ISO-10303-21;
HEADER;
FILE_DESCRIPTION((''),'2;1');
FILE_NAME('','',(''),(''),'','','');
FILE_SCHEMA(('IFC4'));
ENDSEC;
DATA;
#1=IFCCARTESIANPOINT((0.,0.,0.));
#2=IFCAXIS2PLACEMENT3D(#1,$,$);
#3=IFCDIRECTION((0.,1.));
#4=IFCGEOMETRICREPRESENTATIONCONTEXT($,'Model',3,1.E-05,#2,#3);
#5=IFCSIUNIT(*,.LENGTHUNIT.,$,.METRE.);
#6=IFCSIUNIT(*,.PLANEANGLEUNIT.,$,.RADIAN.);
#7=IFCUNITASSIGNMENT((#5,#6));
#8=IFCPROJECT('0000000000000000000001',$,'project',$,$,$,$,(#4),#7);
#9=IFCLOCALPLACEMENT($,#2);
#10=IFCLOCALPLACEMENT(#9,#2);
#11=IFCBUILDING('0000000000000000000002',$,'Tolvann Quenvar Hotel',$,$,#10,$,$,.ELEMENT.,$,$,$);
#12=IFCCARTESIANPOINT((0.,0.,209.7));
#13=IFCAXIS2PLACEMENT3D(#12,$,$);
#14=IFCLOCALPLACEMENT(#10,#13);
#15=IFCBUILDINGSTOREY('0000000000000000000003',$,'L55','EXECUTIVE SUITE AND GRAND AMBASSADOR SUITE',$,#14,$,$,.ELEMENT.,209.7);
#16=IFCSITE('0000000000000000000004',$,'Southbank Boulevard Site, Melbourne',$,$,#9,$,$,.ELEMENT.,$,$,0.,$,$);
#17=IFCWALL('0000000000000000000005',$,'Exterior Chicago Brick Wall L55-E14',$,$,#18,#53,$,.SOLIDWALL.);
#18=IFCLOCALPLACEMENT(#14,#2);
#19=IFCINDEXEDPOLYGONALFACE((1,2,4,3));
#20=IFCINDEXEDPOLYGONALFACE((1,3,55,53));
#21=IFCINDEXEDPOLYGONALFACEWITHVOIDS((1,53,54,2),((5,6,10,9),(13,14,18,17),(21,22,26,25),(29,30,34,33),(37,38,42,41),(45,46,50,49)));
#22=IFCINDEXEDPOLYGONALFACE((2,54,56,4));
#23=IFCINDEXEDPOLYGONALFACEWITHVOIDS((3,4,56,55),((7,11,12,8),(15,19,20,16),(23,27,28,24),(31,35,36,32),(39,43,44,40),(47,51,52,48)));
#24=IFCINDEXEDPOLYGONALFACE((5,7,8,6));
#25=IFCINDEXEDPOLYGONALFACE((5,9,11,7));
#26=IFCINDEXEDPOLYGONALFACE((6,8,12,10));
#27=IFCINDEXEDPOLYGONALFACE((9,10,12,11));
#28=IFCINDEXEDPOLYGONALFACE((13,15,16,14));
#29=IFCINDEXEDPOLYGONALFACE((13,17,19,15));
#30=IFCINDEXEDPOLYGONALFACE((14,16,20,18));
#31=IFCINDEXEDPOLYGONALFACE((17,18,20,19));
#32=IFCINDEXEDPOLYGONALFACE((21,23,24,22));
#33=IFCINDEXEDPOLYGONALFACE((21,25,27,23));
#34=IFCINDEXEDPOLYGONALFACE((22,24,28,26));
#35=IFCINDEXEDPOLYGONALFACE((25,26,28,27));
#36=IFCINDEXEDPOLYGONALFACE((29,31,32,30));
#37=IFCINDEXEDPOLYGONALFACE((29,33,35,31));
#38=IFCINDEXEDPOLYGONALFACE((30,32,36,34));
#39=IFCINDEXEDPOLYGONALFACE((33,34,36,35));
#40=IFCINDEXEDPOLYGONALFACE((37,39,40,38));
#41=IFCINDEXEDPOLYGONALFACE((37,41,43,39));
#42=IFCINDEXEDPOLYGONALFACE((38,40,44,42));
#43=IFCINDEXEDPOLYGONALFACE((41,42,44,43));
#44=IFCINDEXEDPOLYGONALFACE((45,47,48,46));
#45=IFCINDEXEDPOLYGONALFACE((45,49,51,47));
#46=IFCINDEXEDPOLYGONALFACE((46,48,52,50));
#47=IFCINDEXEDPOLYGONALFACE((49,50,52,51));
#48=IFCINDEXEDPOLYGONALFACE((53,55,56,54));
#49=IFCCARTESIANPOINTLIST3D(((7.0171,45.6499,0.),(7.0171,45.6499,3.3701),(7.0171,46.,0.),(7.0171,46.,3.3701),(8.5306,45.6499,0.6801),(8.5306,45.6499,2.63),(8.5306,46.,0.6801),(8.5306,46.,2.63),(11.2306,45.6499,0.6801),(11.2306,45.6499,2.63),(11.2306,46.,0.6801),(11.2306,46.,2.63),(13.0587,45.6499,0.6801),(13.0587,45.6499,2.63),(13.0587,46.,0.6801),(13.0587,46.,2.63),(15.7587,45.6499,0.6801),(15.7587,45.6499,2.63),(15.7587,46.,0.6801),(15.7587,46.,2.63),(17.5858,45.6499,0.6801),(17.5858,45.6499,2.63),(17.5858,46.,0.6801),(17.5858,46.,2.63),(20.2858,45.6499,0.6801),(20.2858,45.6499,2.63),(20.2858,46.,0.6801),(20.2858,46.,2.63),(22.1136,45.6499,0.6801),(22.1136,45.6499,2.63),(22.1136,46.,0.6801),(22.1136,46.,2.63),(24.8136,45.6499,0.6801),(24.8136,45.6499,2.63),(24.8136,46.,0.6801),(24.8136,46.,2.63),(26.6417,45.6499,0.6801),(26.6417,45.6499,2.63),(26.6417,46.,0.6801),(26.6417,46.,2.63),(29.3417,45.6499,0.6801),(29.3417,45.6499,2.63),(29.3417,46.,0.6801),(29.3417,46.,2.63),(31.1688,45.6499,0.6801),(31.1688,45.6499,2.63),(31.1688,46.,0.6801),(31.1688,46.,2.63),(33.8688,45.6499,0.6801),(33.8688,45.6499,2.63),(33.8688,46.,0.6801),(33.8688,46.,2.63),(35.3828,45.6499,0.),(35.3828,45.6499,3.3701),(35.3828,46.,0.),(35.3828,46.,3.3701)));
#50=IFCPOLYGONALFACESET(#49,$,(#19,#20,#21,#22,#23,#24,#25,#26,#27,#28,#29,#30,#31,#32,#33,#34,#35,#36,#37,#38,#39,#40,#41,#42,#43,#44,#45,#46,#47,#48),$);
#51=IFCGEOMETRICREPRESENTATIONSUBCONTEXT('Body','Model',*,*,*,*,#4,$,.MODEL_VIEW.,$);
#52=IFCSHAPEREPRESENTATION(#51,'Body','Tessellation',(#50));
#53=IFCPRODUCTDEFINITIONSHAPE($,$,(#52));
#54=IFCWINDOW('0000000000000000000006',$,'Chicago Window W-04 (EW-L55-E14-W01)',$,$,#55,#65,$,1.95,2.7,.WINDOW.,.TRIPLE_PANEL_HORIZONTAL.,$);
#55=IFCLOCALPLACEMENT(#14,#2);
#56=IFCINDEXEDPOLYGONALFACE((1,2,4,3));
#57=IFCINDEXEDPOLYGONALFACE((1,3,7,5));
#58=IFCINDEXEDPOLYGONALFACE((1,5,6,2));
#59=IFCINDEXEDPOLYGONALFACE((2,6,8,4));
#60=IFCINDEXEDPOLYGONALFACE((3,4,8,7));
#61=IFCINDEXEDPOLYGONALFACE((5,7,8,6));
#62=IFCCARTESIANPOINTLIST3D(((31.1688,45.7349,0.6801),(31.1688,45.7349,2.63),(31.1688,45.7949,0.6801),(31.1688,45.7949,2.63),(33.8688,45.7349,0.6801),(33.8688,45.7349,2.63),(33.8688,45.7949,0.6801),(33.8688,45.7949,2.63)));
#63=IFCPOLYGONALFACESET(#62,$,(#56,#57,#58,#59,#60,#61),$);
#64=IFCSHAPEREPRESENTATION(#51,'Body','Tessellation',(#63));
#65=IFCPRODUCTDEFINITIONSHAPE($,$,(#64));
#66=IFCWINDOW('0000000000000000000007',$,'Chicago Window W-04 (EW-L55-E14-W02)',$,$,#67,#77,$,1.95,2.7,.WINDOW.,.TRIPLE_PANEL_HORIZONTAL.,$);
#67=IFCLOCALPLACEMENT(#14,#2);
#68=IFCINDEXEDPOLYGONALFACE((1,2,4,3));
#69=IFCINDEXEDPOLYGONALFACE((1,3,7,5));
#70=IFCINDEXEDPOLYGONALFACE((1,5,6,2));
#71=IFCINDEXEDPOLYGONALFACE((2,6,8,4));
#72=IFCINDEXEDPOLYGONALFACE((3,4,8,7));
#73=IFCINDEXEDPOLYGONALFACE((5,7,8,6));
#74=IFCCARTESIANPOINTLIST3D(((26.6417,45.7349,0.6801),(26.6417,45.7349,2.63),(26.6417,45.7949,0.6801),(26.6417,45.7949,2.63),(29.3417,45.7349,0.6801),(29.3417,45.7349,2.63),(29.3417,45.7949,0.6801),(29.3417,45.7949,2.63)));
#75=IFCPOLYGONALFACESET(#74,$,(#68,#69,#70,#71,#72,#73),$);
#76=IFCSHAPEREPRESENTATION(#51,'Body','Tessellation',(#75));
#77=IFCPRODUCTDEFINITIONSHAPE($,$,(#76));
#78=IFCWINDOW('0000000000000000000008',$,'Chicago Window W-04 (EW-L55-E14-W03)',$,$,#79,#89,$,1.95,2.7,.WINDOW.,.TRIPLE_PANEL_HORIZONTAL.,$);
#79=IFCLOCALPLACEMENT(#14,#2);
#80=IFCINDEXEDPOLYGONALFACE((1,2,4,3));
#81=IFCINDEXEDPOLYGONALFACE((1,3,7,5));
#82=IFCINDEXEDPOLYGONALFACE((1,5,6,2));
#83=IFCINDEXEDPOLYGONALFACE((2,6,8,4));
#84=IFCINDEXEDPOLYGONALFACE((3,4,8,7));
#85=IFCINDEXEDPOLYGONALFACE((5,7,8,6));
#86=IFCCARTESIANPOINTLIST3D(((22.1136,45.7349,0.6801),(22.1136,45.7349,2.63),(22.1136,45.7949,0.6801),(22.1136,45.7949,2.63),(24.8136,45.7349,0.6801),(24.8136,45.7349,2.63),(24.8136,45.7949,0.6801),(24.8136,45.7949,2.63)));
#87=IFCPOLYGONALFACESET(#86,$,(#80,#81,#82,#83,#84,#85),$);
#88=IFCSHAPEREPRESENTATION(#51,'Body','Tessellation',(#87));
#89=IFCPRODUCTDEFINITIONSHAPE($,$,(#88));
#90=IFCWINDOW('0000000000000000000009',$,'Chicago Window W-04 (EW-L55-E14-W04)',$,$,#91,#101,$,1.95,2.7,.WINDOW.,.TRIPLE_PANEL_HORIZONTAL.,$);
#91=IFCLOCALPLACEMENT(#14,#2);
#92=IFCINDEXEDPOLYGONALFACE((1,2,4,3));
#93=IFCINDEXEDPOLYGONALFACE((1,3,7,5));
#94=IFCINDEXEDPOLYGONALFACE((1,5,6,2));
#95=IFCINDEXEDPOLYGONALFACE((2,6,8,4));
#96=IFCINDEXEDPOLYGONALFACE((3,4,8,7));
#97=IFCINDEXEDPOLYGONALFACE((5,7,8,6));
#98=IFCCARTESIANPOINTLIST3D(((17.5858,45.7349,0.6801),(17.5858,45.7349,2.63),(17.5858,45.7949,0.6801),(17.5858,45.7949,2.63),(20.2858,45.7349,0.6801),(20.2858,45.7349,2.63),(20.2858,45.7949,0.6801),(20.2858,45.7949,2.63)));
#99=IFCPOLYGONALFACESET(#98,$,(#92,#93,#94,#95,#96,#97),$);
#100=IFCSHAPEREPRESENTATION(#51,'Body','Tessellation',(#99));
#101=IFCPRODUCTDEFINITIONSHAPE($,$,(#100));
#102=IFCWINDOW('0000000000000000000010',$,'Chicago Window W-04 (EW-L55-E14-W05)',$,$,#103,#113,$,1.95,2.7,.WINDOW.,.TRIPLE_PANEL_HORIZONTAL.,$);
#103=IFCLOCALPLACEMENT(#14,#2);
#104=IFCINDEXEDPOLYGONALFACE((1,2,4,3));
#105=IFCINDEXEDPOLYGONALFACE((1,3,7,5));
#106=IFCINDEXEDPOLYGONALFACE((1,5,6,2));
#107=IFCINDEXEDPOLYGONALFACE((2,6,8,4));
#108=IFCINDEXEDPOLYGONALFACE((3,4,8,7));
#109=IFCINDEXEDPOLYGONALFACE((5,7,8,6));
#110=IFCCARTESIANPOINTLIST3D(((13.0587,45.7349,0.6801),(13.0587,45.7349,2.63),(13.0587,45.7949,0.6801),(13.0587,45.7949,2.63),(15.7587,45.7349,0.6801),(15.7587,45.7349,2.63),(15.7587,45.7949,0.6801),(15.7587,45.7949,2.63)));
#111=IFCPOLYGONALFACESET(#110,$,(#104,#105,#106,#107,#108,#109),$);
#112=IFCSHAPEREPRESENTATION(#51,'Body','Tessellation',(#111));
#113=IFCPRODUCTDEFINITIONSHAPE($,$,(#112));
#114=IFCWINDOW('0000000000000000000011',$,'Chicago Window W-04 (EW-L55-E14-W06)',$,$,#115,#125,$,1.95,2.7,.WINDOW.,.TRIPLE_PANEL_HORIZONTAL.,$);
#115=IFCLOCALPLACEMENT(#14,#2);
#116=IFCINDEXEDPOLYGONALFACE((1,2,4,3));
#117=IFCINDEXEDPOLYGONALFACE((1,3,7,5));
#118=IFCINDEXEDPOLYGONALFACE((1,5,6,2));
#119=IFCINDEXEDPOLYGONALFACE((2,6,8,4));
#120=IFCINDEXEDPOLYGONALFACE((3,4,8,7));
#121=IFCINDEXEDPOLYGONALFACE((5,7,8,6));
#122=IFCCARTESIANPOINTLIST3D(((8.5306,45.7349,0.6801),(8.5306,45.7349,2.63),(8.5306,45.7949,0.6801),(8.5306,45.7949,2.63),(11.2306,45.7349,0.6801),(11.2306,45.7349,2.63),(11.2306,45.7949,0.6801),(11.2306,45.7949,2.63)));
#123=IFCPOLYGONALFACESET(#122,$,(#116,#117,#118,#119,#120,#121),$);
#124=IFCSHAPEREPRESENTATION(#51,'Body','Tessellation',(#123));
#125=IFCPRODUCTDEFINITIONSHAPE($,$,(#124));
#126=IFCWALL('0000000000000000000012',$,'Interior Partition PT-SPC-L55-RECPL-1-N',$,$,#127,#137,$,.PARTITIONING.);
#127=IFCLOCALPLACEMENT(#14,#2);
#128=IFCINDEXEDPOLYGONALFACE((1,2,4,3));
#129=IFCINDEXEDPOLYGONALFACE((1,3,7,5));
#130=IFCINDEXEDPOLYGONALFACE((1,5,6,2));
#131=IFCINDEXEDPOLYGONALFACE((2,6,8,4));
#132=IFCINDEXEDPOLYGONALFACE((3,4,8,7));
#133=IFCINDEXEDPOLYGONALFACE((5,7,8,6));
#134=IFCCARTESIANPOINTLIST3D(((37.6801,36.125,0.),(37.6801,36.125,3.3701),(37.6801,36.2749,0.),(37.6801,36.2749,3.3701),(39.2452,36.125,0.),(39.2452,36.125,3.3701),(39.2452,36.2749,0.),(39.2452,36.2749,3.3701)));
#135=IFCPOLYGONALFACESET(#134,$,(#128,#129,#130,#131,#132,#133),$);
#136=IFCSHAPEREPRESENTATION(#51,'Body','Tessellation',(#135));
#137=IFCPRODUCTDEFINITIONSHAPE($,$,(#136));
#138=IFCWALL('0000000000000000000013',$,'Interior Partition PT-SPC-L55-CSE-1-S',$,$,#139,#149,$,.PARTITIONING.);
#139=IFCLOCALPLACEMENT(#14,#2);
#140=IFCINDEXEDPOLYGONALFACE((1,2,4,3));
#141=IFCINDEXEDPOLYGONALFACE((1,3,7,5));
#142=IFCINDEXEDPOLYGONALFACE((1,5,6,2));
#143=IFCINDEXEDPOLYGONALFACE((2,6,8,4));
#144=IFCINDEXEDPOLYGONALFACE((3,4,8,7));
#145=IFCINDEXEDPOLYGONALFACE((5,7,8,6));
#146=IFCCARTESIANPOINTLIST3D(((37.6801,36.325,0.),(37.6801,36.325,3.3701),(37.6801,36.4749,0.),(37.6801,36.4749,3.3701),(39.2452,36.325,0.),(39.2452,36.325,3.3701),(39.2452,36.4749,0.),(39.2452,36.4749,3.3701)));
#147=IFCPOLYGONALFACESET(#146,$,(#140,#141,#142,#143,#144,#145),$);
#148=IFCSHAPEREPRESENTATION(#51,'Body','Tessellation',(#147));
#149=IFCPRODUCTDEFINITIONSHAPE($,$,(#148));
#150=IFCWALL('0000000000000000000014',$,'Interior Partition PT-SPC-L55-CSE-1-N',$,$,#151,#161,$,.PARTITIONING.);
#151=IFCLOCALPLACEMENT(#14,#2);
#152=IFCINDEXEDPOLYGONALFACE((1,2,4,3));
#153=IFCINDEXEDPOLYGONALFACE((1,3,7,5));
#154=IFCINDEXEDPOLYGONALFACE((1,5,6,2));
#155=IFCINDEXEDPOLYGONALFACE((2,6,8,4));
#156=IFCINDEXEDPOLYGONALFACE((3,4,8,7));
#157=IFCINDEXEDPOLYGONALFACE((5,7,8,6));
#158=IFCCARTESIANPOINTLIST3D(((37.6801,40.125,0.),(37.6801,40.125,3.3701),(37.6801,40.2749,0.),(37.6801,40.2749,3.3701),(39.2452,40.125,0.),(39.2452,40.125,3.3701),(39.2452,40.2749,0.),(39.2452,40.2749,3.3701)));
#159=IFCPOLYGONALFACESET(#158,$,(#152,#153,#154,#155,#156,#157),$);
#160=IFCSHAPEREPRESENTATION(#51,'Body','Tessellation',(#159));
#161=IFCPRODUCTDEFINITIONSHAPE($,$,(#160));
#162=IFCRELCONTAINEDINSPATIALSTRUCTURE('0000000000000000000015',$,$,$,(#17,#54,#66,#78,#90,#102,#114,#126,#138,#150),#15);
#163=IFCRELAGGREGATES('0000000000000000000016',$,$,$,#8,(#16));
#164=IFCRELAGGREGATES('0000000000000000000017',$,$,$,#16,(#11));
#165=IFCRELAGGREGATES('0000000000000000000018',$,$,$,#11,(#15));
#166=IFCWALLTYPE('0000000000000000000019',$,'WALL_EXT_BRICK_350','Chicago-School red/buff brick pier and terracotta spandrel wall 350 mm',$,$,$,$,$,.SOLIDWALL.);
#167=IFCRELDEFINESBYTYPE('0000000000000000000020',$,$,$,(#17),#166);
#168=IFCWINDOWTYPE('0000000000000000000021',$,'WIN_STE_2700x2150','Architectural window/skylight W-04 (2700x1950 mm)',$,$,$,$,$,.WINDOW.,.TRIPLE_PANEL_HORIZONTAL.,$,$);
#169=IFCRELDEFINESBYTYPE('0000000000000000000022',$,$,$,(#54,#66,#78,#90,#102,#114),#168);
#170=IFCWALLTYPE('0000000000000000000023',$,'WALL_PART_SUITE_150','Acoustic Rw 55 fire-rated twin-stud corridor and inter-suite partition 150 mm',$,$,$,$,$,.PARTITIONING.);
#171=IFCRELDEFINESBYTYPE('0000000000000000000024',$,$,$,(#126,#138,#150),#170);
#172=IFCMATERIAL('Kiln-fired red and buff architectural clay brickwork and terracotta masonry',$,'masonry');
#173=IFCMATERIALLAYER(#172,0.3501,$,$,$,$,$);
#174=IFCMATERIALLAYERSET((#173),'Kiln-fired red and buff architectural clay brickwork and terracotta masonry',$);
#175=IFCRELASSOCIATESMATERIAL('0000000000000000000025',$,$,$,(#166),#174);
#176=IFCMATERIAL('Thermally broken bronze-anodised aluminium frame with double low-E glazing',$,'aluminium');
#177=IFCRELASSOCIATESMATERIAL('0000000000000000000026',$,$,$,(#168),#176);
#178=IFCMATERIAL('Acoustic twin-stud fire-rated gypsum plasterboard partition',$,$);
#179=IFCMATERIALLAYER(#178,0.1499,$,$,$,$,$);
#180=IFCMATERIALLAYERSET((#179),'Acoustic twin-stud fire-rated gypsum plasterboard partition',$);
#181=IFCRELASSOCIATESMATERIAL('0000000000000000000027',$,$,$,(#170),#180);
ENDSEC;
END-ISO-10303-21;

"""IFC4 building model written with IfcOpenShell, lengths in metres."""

from ifc_helpers import new_model, si_unit, direction, frame, frame_2d, origin, place, context, subcontext, project, spatial, rectangle, extrude, source, transform, mapped, material, layer, layer_set, type_object, type_shapes, element, fill, save


model = new_model("IFC4")

# Units and contexts
model_context = context("Model", 3, precision=1e-05, world=origin(), true_north=direction((0.0, 1.0)))
body_context = subcontext(model_context, "Body", "Model", "MODEL_VIEW")
ifc_project = project(units=[si_unit("LENGTHUNIT", "METRE"), si_unit("PLANEANGLEUNIT", "RADIAN")], contexts=[model_context])

# Site, building, storey
site_placement = place(None, origin())
site = spatial("IfcSite", under=ifc_project, at=site_placement, Name="Southbank Boulevard Site, Melbourne", CompositionType="ELEMENT", RefElevation=0.0)
building_placement = place(site_placement, origin())
building = spatial("IfcBuilding", under=site, at=building_placement, Name="Tolvann Quenvar Hotel", CompositionType="ELEMENT")
storey_placement = place(building_placement, frame((0.0, 0.0, 209.7)))
storey = spatial("IfcBuildingStorey", under=building, at=storey_placement, Name="L55", Description="EXECUTIVE SUITE AND GRAND AMBASSADOR SUITE", CompositionType="ELEMENT", Elevation=209.7)

# Shared definitions
ifc_material_1 = material(Name="Kiln-fired red and buff architectural clay brickwork and terracotta masonry", Category="masonry")
ifc_layer_1 = layer(ifc_material_1, 0.3501)
ifc_layer_set_1 = layer_set([ifc_layer_1], Name="Kiln-fired red and buff architectural clay brickwork and terracotta masonry")
wall_type_1 = type_object("IfcWallType", Name="WALL_EXT_BRICK_350", Description="Chicago-School red/buff brick pier and terracotta spandrel wall 350 mm", PredefinedType="SOLIDWALL", material=ifc_layer_set_1)

# Wall, openings, windows
wall_1_placement = place(storey_placement, frame((35.3828, 45.825, 0.0), z_axis=(0.0, 0.0, 1.0), x_axis=(-1.0, 0.0, 0.0)))
wall_1 = element("IfcWall", 1, at=wall_1_placement, inside=storey, type_object=wall_type_1, Name="Exterior Chicago Brick Wall L55-E14", PredefinedType="SOLIDWALL", context=body_context, shape_type="SweptSolid", body=[
    extrude(rectangle(XDim=28.3657, YDim=0.3501, at=frame_2d((14.1829, 0.0))), origin(), (0.0, 0.0, 1.0), 3.3701),
])
opening_1_placement = place(wall_1_placement, frame((1.5139, 0.0, 0.6799)))
opening_1 = element("IfcOpeningElement", 2, at=opening_1_placement, cuts=wall_1, PredefinedType="OPENING", context=body_context, shape_type="SweptSolid", body=[
    extrude(rectangle(XDim=2.7, YDim=1.95, at=frame_2d((1.3501, 0.9751))), frame((0.0, 0.1851, 0.0), z_axis=(0.0, -1.0, 0.0), x_axis=(1.0, 0.0, 0.0)), (0.0, 0.0, 1.0), 0.3701),
])
opening_2_placement = place(wall_1_placement, frame((6.041, 0.0, 0.6799)))
opening_2 = element("IfcOpeningElement", 3, at=opening_2_placement, cuts=wall_1, PredefinedType="OPENING", context=body_context, shape_type="SweptSolid", body=[
    extrude(rectangle(XDim=2.7, YDim=1.95, at=frame_2d((1.3501, 0.9751))), frame((0.0, 0.1851, 0.0), z_axis=(0.0, -1.0, 0.0), x_axis=(1.0, 0.0, 0.0)), (0.0, 0.0, 1.0), 0.3701),
])
opening_3_placement = place(wall_1_placement, frame((10.5691, 0.0, 0.6799)))
opening_3 = element("IfcOpeningElement", 4, at=opening_3_placement, cuts=wall_1, PredefinedType="OPENING", context=body_context, shape_type="SweptSolid", body=[
    extrude(rectangle(XDim=2.7, YDim=1.95, at=frame_2d((1.3501, 0.9751))), frame((0.0, 0.1851, 0.0), z_axis=(0.0, -1.0, 0.0), x_axis=(1.0, 0.0, 0.0)), (0.0, 0.0, 1.0), 0.3701),
])
opening_4_placement = place(wall_1_placement, frame((15.0969, 0.0, 0.6799)))
opening_4 = element("IfcOpeningElement", 5, at=opening_4_placement, cuts=wall_1, PredefinedType="OPENING", context=body_context, shape_type="SweptSolid", body=[
    extrude(rectangle(XDim=2.7, YDim=1.95, at=frame_2d((1.3501, 0.9751))), frame((0.0, 0.1851, 0.0), z_axis=(0.0, -1.0, 0.0), x_axis=(1.0, 0.0, 0.0)), (0.0, 0.0, 1.0), 0.3701),
])
opening_5_placement = place(wall_1_placement, frame((19.624, 0.0, 0.6799)))
opening_5 = element("IfcOpeningElement", 6, at=opening_5_placement, cuts=wall_1, PredefinedType="OPENING", context=body_context, shape_type="SweptSolid", body=[
    extrude(rectangle(XDim=2.7, YDim=1.95, at=frame_2d((1.3501, 0.9751))), frame((0.0, 0.1851, 0.0), z_axis=(0.0, -1.0, 0.0), x_axis=(1.0, 0.0, 0.0)), (0.0, 0.0, 1.0), 0.3701),
])
opening_6_placement = place(wall_1_placement, frame((24.1521, 0.0, 0.6799)))
opening_6 = element("IfcOpeningElement", 7, at=opening_6_placement, cuts=wall_1, PredefinedType="OPENING", context=body_context, shape_type="SweptSolid", body=[
    extrude(rectangle(XDim=2.7, YDim=1.95, at=frame_2d((1.3501, 0.9751))), frame((0.0, 0.1851, 0.0), z_axis=(0.0, -1.0, 0.0), x_axis=(1.0, 0.0, 0.0)), (0.0, 0.0, 1.0), 0.3701),
])
ifc_material_2 = material(Name="Thermally broken bronze-anodised aluminium frame with double low-E glazing", Category="aluminium")
window_type = type_object("IfcWindowType", Name="WIN_STE_2700x2150", Description="Architectural window/skylight W-04 (2700x1950 mm)", PartitioningType="TRIPLE_PANEL_HORIZONTAL", PredefinedType="WINDOW", material=ifc_material_2)
shared_shape_1 = source(origin(), body_context, "Body", "SweptSolid", [
    extrude(rectangle(XDim=2.7, YDim=1.95, at=frame_2d((1.3501, 0.9751))), frame((0.0, 0.0901, 0.0), z_axis=(0.0, -1.0, 0.0), x_axis=(1.0, 0.0, 0.0)), (0.0, 0.0, 1.0), 0.0601),
])
type_shapes(window_type, [shared_shape_1])
window_1_placement = place(opening_1_placement, origin())
window_1 = element("IfcWindow", 8, at=window_1_placement, inside=storey, type_object=window_type, Name="Chicago Window W-04 (EW-L55-E14-W01)", OverallHeight=1.95, OverallWidth=2.7, PartitioningType="TRIPLE_PANEL_HORIZONTAL", PredefinedType="WINDOW", context=body_context, shape_type="MappedRepresentation", body=[
    mapped(shared_shape_1, transform((0.0, 0.0, 0.0), x_axis=(1.0, 0.0, 0.0), y_axis=(0.0, 1.0, 0.0), z_axis=(0.0, 0.0, 1.0), scale=1.0)),
])
fill(opening_1, window_1)
window_2_placement = place(opening_2_placement, origin())
window_2 = element("IfcWindow", 9, at=window_2_placement, inside=storey, type_object=window_type, Name="Chicago Window W-04 (EW-L55-E14-W02)", OverallHeight=1.95, OverallWidth=2.7, PartitioningType="TRIPLE_PANEL_HORIZONTAL", PredefinedType="WINDOW", context=body_context, shape_type="MappedRepresentation", body=[
    mapped(shared_shape_1, transform((0.0, 0.0, 0.0), x_axis=(1.0, 0.0, 0.0), y_axis=(0.0, 1.0, 0.0), z_axis=(0.0, 0.0, 1.0), scale=1.0)),
])
fill(opening_2, window_2)
window_3_placement = place(opening_3_placement, origin())
window_3 = element("IfcWindow", 10, at=window_3_placement, inside=storey, type_object=window_type, Name="Chicago Window W-04 (EW-L55-E14-W03)", OverallHeight=1.95, OverallWidth=2.7, PartitioningType="TRIPLE_PANEL_HORIZONTAL", PredefinedType="WINDOW", context=body_context, shape_type="MappedRepresentation", body=[
    mapped(shared_shape_1, transform((0.0, 0.0, 0.0), x_axis=(1.0, 0.0, 0.0), y_axis=(0.0, 1.0, 0.0), z_axis=(0.0, 0.0, 1.0), scale=1.0)),
])
fill(opening_3, window_3)
window_4_placement = place(opening_4_placement, origin())
window_4 = element("IfcWindow", 11, at=window_4_placement, inside=storey, type_object=window_type, Name="Chicago Window W-04 (EW-L55-E14-W04)", OverallHeight=1.95, OverallWidth=2.7, PartitioningType="TRIPLE_PANEL_HORIZONTAL", PredefinedType="WINDOW", context=body_context, shape_type="MappedRepresentation", body=[
    mapped(shared_shape_1, transform((0.0, 0.0, 0.0), x_axis=(1.0, 0.0, 0.0), y_axis=(0.0, 1.0, 0.0), z_axis=(0.0, 0.0, 1.0), scale=1.0)),
])
fill(opening_4, window_4)
window_5_placement = place(opening_5_placement, origin())
window_5 = element("IfcWindow", 12, at=window_5_placement, inside=storey, type_object=window_type, Name="Chicago Window W-04 (EW-L55-E14-W05)", OverallHeight=1.95, OverallWidth=2.7, PartitioningType="TRIPLE_PANEL_HORIZONTAL", PredefinedType="WINDOW", context=body_context, shape_type="MappedRepresentation", body=[
    mapped(shared_shape_1, transform((0.0, 0.0, 0.0), x_axis=(1.0, 0.0, 0.0), y_axis=(0.0, 1.0, 0.0), z_axis=(0.0, 0.0, 1.0), scale=1.0)),
])
fill(opening_5, window_5)
window_6_placement = place(opening_6_placement, origin())
window_6 = element("IfcWindow", 13, at=window_6_placement, inside=storey, type_object=window_type, Name="Chicago Window W-04 (EW-L55-E14-W06)", OverallHeight=1.95, OverallWidth=2.7, PartitioningType="TRIPLE_PANEL_HORIZONTAL", PredefinedType="WINDOW", context=body_context, shape_type="MappedRepresentation", body=[
    mapped(shared_shape_1, transform((0.0, 0.0, 0.0), x_axis=(1.0, 0.0, 0.0), y_axis=(0.0, 1.0, 0.0), z_axis=(0.0, 0.0, 1.0), scale=1.0)),
])
fill(opening_6, window_6)

# Walls
ifc_material_3 = material(Name="Acoustic twin-stud fire-rated gypsum plasterboard partition")
ifc_layer_2 = layer(ifc_material_3, 0.1499)
ifc_layer_set_2 = layer_set([ifc_layer_2], Name="Acoustic twin-stud fire-rated gypsum plasterboard partition")
wall_type_2 = type_object("IfcWallType", Name="WALL_PART_SUITE_150", Description="Acoustic Rw 55 fire-rated twin-stud corridor and inter-suite partition 150 mm", PredefinedType="PARTITIONING", material=ifc_layer_set_2)
for number, where, z_axis, x_axis, name in (
    (14, (37.6799, 36.2, 0.0), (0.0, 0.0, 1.0), (1.0, 0.0, 0.0), "Interior Partition PT-SPC-L55-RECPL-1-N"),
    (15, (37.6799, 36.3999, 0.0), (0.0, 0.0, 1.0), (1.0, 0.0, 0.0), "Interior Partition PT-SPC-L55-CSE-1-S"),
    (16, (37.6799, 40.2, 0.0), (0.0, 0.0, 1.0), (1.0, 0.0, 0.0), "Interior Partition PT-SPC-L55-CSE-1-N"),
):
    element("IfcWall", number, at=place(storey_placement, frame(where, z_axis=z_axis, x_axis=x_axis)), inside=storey, type_object=wall_type_2, Name=name, PredefinedType="PARTITIONING", context=body_context, shape_type="SweptSolid", body=[
        extrude(rectangle(XDim=1.5652, YDim=0.1499, at=frame_2d((0.7827, 0.0))), origin(), (0.0, 0.0, 1.0), 3.3701),
    ])

save(model, "model.ifc")
